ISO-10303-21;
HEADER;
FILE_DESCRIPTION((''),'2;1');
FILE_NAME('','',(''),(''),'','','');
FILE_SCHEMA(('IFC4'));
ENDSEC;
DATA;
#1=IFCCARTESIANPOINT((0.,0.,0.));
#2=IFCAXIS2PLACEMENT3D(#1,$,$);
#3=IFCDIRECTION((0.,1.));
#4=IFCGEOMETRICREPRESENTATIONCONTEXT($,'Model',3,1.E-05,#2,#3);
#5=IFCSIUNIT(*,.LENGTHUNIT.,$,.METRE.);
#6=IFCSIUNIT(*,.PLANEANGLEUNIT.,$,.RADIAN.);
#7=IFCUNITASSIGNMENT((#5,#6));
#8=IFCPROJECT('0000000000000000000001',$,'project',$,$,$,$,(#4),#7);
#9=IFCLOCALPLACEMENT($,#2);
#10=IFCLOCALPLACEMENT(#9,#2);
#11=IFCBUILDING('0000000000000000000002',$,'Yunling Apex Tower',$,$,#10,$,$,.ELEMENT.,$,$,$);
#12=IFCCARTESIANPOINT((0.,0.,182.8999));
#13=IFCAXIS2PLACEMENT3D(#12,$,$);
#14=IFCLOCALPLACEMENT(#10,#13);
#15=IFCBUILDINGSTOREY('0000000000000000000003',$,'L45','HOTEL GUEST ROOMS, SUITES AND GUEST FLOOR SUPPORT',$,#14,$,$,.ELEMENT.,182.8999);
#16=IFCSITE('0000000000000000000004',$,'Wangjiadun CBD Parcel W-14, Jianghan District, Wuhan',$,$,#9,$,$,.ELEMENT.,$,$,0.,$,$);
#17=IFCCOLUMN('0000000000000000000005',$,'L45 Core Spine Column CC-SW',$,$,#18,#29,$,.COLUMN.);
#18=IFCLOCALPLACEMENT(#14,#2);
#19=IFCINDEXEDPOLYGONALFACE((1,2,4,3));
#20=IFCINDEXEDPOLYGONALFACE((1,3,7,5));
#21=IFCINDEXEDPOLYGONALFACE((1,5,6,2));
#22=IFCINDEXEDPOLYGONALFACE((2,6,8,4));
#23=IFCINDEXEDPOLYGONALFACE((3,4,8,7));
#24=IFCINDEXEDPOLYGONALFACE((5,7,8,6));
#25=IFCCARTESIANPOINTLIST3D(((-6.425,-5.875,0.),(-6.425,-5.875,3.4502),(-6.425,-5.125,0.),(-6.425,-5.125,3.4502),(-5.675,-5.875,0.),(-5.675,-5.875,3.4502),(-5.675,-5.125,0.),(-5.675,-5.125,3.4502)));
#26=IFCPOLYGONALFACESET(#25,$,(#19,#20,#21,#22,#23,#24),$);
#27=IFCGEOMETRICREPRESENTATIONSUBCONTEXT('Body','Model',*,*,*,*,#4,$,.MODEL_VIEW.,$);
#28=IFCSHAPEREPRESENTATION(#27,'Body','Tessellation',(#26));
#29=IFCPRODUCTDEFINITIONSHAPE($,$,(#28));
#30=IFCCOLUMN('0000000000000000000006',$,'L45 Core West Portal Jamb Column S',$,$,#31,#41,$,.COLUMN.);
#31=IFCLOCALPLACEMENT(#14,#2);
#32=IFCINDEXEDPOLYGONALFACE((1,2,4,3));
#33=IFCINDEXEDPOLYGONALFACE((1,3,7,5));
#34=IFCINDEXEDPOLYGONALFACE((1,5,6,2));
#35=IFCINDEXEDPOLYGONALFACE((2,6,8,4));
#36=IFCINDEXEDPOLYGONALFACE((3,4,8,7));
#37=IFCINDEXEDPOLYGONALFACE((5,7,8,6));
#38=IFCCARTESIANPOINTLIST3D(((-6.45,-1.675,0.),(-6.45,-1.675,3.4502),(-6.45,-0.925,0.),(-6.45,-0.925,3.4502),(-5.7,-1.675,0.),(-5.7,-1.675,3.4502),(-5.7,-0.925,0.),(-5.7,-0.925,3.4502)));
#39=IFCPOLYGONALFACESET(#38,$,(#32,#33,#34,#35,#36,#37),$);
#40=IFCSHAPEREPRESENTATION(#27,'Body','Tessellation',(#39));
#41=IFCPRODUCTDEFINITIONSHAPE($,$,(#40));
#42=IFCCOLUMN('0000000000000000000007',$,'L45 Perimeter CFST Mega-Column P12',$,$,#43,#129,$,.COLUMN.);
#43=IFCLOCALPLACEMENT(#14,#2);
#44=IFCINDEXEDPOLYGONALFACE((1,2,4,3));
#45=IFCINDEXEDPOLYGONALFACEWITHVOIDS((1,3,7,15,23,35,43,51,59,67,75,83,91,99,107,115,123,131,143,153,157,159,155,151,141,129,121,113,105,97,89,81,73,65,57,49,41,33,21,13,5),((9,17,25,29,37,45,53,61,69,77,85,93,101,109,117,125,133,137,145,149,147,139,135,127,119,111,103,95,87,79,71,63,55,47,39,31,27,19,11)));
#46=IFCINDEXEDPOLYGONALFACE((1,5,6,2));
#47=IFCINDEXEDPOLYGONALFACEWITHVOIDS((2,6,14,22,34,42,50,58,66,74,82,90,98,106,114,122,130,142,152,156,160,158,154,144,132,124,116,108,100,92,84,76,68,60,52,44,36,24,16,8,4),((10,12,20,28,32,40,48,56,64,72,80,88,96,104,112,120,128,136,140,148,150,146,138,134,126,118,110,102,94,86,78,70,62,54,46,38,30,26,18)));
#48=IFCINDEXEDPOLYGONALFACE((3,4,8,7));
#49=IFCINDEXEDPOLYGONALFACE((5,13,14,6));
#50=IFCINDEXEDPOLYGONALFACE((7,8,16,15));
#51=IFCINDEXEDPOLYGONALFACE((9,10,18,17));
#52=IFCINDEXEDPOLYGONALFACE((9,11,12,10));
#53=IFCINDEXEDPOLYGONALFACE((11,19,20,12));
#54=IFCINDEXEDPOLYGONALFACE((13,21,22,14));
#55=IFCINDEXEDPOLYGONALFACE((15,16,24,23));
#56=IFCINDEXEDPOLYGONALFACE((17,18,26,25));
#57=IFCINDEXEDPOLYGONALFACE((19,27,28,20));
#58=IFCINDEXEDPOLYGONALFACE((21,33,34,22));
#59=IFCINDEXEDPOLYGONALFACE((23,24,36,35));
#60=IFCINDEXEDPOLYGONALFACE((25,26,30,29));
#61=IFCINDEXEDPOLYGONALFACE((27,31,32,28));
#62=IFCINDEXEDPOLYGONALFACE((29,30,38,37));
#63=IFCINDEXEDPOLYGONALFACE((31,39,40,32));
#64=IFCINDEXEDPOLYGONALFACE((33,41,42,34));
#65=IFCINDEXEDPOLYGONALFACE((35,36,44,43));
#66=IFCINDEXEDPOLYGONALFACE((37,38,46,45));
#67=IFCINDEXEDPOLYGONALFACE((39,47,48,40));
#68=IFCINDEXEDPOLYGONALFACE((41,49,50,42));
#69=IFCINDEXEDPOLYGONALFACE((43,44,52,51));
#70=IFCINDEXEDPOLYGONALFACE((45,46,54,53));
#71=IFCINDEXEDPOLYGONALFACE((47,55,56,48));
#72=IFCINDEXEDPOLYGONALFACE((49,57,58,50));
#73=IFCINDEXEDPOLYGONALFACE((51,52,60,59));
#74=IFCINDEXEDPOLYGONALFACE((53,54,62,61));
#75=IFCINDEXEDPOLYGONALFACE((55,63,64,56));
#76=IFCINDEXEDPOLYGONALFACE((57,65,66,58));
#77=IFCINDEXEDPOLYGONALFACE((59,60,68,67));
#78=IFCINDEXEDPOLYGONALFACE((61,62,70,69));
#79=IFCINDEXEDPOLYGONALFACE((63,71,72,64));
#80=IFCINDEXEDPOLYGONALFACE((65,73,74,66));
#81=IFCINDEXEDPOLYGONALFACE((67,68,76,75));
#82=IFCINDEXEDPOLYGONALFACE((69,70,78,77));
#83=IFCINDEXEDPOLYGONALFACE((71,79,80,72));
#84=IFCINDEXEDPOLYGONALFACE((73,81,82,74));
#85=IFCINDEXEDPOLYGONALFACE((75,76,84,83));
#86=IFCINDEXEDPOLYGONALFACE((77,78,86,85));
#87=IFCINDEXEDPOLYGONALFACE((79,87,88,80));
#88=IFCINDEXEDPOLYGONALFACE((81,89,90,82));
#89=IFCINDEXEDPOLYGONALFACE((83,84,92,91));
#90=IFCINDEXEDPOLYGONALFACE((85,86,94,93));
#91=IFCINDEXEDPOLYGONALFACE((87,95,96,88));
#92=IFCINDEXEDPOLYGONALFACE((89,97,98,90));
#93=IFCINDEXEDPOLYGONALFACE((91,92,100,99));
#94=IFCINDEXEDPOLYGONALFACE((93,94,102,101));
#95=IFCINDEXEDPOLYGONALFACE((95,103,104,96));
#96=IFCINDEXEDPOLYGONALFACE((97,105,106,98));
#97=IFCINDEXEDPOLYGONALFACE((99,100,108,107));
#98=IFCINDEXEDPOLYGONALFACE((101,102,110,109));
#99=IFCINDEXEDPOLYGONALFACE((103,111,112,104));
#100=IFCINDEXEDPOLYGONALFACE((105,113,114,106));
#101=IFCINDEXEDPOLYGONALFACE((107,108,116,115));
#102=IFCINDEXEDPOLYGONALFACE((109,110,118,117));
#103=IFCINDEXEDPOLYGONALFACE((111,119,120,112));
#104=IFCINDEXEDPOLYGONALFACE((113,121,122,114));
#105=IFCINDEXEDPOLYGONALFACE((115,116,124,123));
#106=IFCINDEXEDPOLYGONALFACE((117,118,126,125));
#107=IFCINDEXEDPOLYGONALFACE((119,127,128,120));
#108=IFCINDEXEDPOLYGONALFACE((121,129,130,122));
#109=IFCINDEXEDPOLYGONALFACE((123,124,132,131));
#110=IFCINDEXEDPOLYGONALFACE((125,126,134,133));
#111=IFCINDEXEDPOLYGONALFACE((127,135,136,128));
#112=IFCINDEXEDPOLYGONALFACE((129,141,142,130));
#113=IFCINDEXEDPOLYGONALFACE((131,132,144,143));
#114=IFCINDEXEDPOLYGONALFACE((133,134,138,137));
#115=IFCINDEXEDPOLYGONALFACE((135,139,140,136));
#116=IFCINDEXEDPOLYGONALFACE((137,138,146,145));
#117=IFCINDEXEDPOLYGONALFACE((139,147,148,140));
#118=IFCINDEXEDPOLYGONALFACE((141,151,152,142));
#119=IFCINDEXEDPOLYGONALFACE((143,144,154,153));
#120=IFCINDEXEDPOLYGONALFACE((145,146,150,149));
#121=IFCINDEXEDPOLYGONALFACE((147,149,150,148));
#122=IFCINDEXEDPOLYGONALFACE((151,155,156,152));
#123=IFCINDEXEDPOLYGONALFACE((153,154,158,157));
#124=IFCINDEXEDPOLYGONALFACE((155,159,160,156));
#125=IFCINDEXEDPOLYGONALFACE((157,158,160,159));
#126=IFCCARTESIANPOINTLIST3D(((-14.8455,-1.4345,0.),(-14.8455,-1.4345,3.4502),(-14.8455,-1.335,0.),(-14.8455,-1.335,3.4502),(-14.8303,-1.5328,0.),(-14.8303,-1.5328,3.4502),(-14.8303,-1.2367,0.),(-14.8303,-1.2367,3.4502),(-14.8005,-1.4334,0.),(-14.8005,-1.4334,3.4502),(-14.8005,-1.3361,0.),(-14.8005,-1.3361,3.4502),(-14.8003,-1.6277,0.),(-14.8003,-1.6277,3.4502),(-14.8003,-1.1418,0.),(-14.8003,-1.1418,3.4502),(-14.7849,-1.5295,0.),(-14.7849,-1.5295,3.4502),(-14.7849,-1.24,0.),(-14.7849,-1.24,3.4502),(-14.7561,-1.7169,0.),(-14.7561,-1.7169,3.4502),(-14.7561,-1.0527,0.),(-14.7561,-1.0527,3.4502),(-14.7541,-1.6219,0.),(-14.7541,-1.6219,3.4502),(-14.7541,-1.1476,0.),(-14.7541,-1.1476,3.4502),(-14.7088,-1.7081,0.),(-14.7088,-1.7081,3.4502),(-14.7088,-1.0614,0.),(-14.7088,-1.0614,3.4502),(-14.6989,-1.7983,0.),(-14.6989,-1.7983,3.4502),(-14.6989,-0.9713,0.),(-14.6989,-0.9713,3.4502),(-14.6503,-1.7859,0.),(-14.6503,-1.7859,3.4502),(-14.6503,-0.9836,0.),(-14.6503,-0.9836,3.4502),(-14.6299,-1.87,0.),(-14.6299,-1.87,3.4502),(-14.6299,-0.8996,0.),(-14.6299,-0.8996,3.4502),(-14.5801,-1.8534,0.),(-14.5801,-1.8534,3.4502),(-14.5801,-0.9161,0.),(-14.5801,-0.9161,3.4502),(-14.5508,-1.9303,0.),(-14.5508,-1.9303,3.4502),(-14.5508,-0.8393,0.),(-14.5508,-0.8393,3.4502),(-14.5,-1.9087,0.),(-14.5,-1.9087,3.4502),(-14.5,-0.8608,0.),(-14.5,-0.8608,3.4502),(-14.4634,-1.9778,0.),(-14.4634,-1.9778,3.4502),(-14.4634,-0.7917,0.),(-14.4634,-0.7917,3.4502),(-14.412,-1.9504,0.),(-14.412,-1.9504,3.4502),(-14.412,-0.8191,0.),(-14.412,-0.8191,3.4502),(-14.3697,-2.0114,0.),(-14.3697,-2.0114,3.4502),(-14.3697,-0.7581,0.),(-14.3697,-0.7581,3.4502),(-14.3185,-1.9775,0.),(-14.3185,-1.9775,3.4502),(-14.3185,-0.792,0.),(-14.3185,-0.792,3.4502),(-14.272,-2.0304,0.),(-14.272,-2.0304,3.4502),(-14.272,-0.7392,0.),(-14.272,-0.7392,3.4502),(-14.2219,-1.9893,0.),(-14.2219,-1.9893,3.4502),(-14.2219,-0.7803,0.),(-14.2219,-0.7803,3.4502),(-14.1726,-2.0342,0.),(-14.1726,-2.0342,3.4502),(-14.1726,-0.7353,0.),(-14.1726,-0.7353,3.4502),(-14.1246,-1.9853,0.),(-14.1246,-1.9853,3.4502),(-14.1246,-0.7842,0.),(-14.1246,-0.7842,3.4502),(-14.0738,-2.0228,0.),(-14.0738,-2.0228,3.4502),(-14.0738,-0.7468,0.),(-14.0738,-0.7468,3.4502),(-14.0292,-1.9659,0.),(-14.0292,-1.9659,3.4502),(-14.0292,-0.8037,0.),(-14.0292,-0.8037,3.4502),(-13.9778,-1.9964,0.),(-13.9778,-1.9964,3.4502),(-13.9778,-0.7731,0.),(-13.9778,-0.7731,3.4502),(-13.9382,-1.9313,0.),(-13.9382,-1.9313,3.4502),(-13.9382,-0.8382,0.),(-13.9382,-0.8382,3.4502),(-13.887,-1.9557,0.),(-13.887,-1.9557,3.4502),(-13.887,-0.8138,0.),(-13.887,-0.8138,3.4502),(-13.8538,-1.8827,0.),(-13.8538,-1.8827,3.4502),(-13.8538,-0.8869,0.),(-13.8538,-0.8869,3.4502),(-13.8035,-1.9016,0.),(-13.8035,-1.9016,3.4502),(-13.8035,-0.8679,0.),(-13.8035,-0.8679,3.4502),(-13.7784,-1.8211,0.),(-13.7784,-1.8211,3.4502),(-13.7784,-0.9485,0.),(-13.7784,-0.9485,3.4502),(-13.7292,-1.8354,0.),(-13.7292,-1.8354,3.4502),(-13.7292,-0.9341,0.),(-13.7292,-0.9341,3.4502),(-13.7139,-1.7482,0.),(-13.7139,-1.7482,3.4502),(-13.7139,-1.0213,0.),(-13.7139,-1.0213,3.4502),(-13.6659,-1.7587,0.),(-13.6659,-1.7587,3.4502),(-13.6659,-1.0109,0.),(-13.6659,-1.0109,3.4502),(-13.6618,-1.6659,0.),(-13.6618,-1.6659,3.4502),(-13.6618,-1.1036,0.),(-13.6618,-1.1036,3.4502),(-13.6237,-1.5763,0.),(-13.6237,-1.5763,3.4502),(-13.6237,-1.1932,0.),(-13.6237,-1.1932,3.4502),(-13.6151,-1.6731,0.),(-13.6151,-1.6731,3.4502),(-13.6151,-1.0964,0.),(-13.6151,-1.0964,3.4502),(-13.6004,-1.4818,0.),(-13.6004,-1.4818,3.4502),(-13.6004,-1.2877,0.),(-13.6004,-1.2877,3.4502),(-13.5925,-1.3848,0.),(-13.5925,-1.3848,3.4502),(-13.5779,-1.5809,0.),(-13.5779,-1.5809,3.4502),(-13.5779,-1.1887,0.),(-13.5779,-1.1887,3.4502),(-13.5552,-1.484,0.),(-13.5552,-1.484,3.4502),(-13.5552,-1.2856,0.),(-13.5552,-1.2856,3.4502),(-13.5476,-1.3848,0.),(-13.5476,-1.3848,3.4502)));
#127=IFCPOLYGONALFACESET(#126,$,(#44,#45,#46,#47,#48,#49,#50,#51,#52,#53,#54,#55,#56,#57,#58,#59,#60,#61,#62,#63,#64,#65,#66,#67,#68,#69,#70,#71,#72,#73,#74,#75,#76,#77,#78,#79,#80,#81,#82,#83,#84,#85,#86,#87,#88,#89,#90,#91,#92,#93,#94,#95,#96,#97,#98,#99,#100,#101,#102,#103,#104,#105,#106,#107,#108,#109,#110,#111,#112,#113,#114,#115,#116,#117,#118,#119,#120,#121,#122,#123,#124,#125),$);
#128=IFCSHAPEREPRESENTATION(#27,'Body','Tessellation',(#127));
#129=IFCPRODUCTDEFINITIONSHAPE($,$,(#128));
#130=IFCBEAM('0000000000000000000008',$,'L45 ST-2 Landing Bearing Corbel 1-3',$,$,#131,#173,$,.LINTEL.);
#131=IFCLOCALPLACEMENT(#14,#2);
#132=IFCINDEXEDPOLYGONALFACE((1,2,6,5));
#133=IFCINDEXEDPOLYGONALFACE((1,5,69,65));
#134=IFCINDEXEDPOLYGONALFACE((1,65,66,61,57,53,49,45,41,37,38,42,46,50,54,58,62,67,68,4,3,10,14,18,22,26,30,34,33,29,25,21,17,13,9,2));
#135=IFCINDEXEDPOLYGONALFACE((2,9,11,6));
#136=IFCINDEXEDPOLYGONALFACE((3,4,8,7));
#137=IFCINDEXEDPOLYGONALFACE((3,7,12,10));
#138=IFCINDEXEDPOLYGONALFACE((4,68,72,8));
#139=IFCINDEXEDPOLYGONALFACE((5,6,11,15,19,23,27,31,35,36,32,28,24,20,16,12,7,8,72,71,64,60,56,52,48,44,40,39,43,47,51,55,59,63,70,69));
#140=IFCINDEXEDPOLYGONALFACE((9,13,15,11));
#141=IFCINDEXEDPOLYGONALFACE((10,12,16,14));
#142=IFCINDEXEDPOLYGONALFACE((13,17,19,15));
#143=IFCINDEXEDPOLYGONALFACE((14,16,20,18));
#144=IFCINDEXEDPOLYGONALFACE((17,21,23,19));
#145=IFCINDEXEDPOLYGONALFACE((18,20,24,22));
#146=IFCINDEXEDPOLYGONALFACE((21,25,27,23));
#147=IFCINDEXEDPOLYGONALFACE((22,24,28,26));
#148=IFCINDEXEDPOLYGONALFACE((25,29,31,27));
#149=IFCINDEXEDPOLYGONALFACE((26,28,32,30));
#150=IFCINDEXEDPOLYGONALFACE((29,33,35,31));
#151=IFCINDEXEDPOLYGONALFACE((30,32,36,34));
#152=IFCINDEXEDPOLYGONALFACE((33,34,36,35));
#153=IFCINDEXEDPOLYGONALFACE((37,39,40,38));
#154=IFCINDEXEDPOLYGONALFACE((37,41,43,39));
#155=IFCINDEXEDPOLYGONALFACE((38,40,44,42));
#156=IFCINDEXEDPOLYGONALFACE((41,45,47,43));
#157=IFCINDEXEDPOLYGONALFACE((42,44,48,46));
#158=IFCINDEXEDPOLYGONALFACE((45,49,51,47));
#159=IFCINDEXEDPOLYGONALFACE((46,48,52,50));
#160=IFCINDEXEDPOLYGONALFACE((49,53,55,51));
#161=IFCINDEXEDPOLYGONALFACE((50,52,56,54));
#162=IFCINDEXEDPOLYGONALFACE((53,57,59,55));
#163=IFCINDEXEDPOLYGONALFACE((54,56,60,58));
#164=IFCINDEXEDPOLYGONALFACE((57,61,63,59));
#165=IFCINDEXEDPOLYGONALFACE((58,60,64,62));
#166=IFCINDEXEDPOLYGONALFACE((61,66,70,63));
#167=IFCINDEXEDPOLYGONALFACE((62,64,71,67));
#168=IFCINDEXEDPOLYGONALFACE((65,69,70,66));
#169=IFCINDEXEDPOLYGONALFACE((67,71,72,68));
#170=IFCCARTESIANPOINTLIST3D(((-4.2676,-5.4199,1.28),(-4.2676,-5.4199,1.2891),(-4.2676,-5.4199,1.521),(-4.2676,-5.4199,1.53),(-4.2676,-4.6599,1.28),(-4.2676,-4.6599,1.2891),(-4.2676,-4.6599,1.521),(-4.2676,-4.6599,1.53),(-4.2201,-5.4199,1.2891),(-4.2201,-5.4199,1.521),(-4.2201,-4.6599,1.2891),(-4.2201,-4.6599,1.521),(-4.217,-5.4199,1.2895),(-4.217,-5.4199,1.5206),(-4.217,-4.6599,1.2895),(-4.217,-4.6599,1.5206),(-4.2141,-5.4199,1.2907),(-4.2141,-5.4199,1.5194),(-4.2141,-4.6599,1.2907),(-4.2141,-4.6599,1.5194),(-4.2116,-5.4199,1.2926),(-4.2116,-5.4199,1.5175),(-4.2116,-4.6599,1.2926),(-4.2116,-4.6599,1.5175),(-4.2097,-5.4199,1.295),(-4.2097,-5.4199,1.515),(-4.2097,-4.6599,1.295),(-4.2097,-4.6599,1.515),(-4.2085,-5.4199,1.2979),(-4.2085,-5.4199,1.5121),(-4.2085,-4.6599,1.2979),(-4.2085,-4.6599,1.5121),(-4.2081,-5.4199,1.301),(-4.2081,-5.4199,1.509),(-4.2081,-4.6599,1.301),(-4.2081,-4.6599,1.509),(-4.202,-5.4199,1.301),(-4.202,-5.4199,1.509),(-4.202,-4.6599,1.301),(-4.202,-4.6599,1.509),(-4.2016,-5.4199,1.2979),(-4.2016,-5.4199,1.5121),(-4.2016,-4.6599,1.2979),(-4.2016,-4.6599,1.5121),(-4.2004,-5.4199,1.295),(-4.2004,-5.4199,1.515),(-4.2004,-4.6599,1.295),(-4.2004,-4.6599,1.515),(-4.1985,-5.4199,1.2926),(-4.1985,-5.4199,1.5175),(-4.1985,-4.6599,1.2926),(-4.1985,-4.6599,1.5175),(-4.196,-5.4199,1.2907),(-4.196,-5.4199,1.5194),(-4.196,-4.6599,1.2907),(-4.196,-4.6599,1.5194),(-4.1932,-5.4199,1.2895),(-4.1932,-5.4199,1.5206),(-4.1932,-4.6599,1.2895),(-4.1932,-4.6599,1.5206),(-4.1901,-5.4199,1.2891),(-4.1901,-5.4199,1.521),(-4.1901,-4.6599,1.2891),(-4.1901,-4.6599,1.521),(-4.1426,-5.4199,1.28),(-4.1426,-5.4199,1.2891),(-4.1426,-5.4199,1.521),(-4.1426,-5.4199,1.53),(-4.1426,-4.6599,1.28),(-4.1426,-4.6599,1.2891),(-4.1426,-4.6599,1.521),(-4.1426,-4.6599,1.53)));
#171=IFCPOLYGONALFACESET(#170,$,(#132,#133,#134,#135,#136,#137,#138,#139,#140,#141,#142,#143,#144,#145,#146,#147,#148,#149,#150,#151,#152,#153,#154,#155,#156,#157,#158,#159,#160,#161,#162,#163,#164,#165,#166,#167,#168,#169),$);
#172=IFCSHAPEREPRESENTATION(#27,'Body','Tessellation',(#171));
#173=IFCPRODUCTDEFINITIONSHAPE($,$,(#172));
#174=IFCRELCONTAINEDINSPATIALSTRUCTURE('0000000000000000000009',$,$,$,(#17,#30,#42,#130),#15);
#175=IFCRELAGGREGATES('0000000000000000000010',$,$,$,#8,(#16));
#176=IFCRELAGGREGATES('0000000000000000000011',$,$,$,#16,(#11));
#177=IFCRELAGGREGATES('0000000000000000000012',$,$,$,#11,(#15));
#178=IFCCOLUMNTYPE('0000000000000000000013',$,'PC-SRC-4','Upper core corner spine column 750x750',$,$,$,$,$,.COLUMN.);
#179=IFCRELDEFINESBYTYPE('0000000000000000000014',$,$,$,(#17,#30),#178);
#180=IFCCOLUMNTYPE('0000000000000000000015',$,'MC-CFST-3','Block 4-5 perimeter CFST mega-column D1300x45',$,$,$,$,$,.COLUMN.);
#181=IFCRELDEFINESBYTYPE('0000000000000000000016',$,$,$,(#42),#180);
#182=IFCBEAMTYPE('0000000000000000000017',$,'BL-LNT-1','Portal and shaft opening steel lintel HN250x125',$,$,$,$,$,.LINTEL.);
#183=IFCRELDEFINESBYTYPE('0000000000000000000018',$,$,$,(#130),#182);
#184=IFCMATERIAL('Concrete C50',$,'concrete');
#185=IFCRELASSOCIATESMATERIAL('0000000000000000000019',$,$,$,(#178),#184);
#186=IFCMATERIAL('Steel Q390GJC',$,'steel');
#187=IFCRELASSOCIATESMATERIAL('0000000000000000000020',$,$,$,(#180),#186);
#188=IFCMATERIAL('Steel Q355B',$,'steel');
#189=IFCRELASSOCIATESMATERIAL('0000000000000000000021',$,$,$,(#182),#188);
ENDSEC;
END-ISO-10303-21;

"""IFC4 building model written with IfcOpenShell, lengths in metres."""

from ifc_helpers import new_model, si_unit, direction, frame, origin, origin_2d, place, context, subcontext, project, spatial, rectangle, hollow_circle, i_section, extrude, source, transform, mapped, material, material_profile, profile_set, type_object, element, save


model = new_model("IFC4")

# Units and contexts
model_context = context("Model", 3, precision=1e-05, world=origin(), true_north=direction((0.0, 1.0)))
body_context = subcontext(model_context, "Body", "Model", "MODEL_VIEW")
ifc_project = project(units=[si_unit("LENGTHUNIT", "METRE"), si_unit("PLANEANGLEUNIT", "RADIAN")], contexts=[model_context])

# Site, building, storey
site_placement = place(None, origin())
site = spatial("IfcSite", under=ifc_project, at=site_placement, Name="Wangjiadun CBD Parcel W-14, Jianghan District, Wuhan", CompositionType="ELEMENT", RefElevation=0.0)
building_placement = place(site_placement, origin())
building = spatial("IfcBuilding", under=site, at=building_placement, Name="Yunling Apex Tower", CompositionType="ELEMENT")
storey_placement = place(building_placement, frame((0.0, 0.0, 182.8999)))
storey = spatial("IfcBuildingStorey", under=building, at=storey_placement, Name="L45", Description="HOTEL GUEST ROOMS, SUITES AND GUEST FLOOR SUPPORT", CompositionType="ELEMENT", Elevation=182.8999)

# Columns
ifc_material_1 = material(Name="Concrete C50", Category="concrete")
ifc_material_profile_1 = material_profile(ifc_material_1, rectangle(XDim=0.75, YDim=0.75, at=origin_2d()))
ifc_profile_set_1 = profile_set([ifc_material_profile_1], Name="Concrete C50")
column_type_1 = type_object("IfcColumnType", Name="PC-SRC-4", Description="Upper core corner spine column 750x750", PredefinedType="COLUMN", material=ifc_profile_set_1)
shared_shape_1 = source(origin(), body_context, "Body", "SweptSolid", [
    extrude(rectangle(XDim=0.75, YDim=0.75, at=origin_2d()), origin(), (0.0, 0.0, 1.0), 3.4502),
])
for number, where, z_axis, x_axis, name in (
    (1, (-6.05, -5.5, 0.0), (0.0, 0.0, 1.0), (1.0, 0.0, 0.0), "L45 Core Spine Column CC-SW"),
    (2, (-6.075, -1.3, 0.0), (0.0, 0.0, 1.0), (1.0, 0.0, 0.0), "L45 Core West Portal Jamb Column S"),
):
    element("IfcColumn", number, at=place(storey_placement, frame(where, z_axis=z_axis, x_axis=x_axis)), inside=storey, type_object=column_type_1, Name=name, PredefinedType="COLUMN", context=body_context, shape_type="MappedRepresentation", body=[
        mapped(shared_shape_1, transform((0.0, 0.0, 0.0), scale=1.0)),
    ])
ifc_material_2 = material(Name="Steel Q390GJC", Category="steel")
ifc_material_profile_2 = material_profile(ifc_material_2, hollow_circle(Radius=0.6499, WallThickness=0.0449, at=origin_2d()))
ifc_profile_set_2 = profile_set([ifc_material_profile_2], Name="Steel Q390GJC")
column_type_2 = type_object("IfcColumnType", Name="MC-CFST-3", Description="Block 4-5 perimeter CFST mega-column D1300x45", PredefinedType="COLUMN", material=ifc_profile_set_2)
shared_shape_2 = source(origin(), body_context, "Body", "SweptSolid", [
    extrude(hollow_circle(Radius=0.6499, WallThickness=0.0449, at=origin_2d()), origin(), (0.0, 0.0, 1.0), 3.4502),
])
column_placement = place(storey_placement, frame((-14.1975, -1.3848, 0.0), z_axis=(0.0, 0.0, 1.0), x_axis=(1.0, 0.0, 0.0)))
element("IfcColumn", 3, at=column_placement, inside=storey, type_object=column_type_2, Name="L45 Perimeter CFST Mega-Column P12", PredefinedType="COLUMN", context=body_context, shape_type="MappedRepresentation", body=[
    mapped(shared_shape_2, transform((0.0, 0.0, 0.0), scale=1.0)),
])

# Beam
ifc_material_3 = material(Name="Steel Q355B", Category="steel")
ifc_material_profile_3 = material_profile(ifc_material_3, i_section(OverallWidth=0.125, OverallDepth=0.25, WebThickness=0.0061, FlangeThickness=0.009, FilletRadius=0.012, at=origin_2d()))
ifc_profile_set_3 = profile_set([ifc_material_profile_3], Name="Steel Q355B")
beam_type_1 = type_object("IfcBeamType", Name="BL-LNT-1", Description="Portal and shaft opening steel lintel HN250x125", PredefinedType="LINTEL", material=ifc_profile_set_3)
shared_shape_3 = source(origin(), body_context, "Body", "SweptSolid", [
    extrude(i_section(OverallWidth=0.125, OverallDepth=0.25, WebThickness=0.0061, FlangeThickness=0.009, FilletRadius=0.012, at=origin_2d()), origin(), (0.0, 0.0, 1.0), 0.76),
])
beam_1_placement = place(storey_placement, frame((-4.2051, -5.4199, 1.405), z_axis=(0.0, 1.0, 0.0), x_axis=(-1.0, 0.0, 0.0)))
element("IfcBeam", 4, at=beam_1_placement, inside=storey, type_object=beam_type_1, Name="L45 ST-2 Landing Bearing Corbel 1-3", PredefinedType="LINTEL", context=body_context, shape_type="MappedRepresentation", body=[
    mapped(shared_shape_3, transform((0.0, 0.0, 0.0), scale=1.0)),
])

save(model, "model.ifc")
